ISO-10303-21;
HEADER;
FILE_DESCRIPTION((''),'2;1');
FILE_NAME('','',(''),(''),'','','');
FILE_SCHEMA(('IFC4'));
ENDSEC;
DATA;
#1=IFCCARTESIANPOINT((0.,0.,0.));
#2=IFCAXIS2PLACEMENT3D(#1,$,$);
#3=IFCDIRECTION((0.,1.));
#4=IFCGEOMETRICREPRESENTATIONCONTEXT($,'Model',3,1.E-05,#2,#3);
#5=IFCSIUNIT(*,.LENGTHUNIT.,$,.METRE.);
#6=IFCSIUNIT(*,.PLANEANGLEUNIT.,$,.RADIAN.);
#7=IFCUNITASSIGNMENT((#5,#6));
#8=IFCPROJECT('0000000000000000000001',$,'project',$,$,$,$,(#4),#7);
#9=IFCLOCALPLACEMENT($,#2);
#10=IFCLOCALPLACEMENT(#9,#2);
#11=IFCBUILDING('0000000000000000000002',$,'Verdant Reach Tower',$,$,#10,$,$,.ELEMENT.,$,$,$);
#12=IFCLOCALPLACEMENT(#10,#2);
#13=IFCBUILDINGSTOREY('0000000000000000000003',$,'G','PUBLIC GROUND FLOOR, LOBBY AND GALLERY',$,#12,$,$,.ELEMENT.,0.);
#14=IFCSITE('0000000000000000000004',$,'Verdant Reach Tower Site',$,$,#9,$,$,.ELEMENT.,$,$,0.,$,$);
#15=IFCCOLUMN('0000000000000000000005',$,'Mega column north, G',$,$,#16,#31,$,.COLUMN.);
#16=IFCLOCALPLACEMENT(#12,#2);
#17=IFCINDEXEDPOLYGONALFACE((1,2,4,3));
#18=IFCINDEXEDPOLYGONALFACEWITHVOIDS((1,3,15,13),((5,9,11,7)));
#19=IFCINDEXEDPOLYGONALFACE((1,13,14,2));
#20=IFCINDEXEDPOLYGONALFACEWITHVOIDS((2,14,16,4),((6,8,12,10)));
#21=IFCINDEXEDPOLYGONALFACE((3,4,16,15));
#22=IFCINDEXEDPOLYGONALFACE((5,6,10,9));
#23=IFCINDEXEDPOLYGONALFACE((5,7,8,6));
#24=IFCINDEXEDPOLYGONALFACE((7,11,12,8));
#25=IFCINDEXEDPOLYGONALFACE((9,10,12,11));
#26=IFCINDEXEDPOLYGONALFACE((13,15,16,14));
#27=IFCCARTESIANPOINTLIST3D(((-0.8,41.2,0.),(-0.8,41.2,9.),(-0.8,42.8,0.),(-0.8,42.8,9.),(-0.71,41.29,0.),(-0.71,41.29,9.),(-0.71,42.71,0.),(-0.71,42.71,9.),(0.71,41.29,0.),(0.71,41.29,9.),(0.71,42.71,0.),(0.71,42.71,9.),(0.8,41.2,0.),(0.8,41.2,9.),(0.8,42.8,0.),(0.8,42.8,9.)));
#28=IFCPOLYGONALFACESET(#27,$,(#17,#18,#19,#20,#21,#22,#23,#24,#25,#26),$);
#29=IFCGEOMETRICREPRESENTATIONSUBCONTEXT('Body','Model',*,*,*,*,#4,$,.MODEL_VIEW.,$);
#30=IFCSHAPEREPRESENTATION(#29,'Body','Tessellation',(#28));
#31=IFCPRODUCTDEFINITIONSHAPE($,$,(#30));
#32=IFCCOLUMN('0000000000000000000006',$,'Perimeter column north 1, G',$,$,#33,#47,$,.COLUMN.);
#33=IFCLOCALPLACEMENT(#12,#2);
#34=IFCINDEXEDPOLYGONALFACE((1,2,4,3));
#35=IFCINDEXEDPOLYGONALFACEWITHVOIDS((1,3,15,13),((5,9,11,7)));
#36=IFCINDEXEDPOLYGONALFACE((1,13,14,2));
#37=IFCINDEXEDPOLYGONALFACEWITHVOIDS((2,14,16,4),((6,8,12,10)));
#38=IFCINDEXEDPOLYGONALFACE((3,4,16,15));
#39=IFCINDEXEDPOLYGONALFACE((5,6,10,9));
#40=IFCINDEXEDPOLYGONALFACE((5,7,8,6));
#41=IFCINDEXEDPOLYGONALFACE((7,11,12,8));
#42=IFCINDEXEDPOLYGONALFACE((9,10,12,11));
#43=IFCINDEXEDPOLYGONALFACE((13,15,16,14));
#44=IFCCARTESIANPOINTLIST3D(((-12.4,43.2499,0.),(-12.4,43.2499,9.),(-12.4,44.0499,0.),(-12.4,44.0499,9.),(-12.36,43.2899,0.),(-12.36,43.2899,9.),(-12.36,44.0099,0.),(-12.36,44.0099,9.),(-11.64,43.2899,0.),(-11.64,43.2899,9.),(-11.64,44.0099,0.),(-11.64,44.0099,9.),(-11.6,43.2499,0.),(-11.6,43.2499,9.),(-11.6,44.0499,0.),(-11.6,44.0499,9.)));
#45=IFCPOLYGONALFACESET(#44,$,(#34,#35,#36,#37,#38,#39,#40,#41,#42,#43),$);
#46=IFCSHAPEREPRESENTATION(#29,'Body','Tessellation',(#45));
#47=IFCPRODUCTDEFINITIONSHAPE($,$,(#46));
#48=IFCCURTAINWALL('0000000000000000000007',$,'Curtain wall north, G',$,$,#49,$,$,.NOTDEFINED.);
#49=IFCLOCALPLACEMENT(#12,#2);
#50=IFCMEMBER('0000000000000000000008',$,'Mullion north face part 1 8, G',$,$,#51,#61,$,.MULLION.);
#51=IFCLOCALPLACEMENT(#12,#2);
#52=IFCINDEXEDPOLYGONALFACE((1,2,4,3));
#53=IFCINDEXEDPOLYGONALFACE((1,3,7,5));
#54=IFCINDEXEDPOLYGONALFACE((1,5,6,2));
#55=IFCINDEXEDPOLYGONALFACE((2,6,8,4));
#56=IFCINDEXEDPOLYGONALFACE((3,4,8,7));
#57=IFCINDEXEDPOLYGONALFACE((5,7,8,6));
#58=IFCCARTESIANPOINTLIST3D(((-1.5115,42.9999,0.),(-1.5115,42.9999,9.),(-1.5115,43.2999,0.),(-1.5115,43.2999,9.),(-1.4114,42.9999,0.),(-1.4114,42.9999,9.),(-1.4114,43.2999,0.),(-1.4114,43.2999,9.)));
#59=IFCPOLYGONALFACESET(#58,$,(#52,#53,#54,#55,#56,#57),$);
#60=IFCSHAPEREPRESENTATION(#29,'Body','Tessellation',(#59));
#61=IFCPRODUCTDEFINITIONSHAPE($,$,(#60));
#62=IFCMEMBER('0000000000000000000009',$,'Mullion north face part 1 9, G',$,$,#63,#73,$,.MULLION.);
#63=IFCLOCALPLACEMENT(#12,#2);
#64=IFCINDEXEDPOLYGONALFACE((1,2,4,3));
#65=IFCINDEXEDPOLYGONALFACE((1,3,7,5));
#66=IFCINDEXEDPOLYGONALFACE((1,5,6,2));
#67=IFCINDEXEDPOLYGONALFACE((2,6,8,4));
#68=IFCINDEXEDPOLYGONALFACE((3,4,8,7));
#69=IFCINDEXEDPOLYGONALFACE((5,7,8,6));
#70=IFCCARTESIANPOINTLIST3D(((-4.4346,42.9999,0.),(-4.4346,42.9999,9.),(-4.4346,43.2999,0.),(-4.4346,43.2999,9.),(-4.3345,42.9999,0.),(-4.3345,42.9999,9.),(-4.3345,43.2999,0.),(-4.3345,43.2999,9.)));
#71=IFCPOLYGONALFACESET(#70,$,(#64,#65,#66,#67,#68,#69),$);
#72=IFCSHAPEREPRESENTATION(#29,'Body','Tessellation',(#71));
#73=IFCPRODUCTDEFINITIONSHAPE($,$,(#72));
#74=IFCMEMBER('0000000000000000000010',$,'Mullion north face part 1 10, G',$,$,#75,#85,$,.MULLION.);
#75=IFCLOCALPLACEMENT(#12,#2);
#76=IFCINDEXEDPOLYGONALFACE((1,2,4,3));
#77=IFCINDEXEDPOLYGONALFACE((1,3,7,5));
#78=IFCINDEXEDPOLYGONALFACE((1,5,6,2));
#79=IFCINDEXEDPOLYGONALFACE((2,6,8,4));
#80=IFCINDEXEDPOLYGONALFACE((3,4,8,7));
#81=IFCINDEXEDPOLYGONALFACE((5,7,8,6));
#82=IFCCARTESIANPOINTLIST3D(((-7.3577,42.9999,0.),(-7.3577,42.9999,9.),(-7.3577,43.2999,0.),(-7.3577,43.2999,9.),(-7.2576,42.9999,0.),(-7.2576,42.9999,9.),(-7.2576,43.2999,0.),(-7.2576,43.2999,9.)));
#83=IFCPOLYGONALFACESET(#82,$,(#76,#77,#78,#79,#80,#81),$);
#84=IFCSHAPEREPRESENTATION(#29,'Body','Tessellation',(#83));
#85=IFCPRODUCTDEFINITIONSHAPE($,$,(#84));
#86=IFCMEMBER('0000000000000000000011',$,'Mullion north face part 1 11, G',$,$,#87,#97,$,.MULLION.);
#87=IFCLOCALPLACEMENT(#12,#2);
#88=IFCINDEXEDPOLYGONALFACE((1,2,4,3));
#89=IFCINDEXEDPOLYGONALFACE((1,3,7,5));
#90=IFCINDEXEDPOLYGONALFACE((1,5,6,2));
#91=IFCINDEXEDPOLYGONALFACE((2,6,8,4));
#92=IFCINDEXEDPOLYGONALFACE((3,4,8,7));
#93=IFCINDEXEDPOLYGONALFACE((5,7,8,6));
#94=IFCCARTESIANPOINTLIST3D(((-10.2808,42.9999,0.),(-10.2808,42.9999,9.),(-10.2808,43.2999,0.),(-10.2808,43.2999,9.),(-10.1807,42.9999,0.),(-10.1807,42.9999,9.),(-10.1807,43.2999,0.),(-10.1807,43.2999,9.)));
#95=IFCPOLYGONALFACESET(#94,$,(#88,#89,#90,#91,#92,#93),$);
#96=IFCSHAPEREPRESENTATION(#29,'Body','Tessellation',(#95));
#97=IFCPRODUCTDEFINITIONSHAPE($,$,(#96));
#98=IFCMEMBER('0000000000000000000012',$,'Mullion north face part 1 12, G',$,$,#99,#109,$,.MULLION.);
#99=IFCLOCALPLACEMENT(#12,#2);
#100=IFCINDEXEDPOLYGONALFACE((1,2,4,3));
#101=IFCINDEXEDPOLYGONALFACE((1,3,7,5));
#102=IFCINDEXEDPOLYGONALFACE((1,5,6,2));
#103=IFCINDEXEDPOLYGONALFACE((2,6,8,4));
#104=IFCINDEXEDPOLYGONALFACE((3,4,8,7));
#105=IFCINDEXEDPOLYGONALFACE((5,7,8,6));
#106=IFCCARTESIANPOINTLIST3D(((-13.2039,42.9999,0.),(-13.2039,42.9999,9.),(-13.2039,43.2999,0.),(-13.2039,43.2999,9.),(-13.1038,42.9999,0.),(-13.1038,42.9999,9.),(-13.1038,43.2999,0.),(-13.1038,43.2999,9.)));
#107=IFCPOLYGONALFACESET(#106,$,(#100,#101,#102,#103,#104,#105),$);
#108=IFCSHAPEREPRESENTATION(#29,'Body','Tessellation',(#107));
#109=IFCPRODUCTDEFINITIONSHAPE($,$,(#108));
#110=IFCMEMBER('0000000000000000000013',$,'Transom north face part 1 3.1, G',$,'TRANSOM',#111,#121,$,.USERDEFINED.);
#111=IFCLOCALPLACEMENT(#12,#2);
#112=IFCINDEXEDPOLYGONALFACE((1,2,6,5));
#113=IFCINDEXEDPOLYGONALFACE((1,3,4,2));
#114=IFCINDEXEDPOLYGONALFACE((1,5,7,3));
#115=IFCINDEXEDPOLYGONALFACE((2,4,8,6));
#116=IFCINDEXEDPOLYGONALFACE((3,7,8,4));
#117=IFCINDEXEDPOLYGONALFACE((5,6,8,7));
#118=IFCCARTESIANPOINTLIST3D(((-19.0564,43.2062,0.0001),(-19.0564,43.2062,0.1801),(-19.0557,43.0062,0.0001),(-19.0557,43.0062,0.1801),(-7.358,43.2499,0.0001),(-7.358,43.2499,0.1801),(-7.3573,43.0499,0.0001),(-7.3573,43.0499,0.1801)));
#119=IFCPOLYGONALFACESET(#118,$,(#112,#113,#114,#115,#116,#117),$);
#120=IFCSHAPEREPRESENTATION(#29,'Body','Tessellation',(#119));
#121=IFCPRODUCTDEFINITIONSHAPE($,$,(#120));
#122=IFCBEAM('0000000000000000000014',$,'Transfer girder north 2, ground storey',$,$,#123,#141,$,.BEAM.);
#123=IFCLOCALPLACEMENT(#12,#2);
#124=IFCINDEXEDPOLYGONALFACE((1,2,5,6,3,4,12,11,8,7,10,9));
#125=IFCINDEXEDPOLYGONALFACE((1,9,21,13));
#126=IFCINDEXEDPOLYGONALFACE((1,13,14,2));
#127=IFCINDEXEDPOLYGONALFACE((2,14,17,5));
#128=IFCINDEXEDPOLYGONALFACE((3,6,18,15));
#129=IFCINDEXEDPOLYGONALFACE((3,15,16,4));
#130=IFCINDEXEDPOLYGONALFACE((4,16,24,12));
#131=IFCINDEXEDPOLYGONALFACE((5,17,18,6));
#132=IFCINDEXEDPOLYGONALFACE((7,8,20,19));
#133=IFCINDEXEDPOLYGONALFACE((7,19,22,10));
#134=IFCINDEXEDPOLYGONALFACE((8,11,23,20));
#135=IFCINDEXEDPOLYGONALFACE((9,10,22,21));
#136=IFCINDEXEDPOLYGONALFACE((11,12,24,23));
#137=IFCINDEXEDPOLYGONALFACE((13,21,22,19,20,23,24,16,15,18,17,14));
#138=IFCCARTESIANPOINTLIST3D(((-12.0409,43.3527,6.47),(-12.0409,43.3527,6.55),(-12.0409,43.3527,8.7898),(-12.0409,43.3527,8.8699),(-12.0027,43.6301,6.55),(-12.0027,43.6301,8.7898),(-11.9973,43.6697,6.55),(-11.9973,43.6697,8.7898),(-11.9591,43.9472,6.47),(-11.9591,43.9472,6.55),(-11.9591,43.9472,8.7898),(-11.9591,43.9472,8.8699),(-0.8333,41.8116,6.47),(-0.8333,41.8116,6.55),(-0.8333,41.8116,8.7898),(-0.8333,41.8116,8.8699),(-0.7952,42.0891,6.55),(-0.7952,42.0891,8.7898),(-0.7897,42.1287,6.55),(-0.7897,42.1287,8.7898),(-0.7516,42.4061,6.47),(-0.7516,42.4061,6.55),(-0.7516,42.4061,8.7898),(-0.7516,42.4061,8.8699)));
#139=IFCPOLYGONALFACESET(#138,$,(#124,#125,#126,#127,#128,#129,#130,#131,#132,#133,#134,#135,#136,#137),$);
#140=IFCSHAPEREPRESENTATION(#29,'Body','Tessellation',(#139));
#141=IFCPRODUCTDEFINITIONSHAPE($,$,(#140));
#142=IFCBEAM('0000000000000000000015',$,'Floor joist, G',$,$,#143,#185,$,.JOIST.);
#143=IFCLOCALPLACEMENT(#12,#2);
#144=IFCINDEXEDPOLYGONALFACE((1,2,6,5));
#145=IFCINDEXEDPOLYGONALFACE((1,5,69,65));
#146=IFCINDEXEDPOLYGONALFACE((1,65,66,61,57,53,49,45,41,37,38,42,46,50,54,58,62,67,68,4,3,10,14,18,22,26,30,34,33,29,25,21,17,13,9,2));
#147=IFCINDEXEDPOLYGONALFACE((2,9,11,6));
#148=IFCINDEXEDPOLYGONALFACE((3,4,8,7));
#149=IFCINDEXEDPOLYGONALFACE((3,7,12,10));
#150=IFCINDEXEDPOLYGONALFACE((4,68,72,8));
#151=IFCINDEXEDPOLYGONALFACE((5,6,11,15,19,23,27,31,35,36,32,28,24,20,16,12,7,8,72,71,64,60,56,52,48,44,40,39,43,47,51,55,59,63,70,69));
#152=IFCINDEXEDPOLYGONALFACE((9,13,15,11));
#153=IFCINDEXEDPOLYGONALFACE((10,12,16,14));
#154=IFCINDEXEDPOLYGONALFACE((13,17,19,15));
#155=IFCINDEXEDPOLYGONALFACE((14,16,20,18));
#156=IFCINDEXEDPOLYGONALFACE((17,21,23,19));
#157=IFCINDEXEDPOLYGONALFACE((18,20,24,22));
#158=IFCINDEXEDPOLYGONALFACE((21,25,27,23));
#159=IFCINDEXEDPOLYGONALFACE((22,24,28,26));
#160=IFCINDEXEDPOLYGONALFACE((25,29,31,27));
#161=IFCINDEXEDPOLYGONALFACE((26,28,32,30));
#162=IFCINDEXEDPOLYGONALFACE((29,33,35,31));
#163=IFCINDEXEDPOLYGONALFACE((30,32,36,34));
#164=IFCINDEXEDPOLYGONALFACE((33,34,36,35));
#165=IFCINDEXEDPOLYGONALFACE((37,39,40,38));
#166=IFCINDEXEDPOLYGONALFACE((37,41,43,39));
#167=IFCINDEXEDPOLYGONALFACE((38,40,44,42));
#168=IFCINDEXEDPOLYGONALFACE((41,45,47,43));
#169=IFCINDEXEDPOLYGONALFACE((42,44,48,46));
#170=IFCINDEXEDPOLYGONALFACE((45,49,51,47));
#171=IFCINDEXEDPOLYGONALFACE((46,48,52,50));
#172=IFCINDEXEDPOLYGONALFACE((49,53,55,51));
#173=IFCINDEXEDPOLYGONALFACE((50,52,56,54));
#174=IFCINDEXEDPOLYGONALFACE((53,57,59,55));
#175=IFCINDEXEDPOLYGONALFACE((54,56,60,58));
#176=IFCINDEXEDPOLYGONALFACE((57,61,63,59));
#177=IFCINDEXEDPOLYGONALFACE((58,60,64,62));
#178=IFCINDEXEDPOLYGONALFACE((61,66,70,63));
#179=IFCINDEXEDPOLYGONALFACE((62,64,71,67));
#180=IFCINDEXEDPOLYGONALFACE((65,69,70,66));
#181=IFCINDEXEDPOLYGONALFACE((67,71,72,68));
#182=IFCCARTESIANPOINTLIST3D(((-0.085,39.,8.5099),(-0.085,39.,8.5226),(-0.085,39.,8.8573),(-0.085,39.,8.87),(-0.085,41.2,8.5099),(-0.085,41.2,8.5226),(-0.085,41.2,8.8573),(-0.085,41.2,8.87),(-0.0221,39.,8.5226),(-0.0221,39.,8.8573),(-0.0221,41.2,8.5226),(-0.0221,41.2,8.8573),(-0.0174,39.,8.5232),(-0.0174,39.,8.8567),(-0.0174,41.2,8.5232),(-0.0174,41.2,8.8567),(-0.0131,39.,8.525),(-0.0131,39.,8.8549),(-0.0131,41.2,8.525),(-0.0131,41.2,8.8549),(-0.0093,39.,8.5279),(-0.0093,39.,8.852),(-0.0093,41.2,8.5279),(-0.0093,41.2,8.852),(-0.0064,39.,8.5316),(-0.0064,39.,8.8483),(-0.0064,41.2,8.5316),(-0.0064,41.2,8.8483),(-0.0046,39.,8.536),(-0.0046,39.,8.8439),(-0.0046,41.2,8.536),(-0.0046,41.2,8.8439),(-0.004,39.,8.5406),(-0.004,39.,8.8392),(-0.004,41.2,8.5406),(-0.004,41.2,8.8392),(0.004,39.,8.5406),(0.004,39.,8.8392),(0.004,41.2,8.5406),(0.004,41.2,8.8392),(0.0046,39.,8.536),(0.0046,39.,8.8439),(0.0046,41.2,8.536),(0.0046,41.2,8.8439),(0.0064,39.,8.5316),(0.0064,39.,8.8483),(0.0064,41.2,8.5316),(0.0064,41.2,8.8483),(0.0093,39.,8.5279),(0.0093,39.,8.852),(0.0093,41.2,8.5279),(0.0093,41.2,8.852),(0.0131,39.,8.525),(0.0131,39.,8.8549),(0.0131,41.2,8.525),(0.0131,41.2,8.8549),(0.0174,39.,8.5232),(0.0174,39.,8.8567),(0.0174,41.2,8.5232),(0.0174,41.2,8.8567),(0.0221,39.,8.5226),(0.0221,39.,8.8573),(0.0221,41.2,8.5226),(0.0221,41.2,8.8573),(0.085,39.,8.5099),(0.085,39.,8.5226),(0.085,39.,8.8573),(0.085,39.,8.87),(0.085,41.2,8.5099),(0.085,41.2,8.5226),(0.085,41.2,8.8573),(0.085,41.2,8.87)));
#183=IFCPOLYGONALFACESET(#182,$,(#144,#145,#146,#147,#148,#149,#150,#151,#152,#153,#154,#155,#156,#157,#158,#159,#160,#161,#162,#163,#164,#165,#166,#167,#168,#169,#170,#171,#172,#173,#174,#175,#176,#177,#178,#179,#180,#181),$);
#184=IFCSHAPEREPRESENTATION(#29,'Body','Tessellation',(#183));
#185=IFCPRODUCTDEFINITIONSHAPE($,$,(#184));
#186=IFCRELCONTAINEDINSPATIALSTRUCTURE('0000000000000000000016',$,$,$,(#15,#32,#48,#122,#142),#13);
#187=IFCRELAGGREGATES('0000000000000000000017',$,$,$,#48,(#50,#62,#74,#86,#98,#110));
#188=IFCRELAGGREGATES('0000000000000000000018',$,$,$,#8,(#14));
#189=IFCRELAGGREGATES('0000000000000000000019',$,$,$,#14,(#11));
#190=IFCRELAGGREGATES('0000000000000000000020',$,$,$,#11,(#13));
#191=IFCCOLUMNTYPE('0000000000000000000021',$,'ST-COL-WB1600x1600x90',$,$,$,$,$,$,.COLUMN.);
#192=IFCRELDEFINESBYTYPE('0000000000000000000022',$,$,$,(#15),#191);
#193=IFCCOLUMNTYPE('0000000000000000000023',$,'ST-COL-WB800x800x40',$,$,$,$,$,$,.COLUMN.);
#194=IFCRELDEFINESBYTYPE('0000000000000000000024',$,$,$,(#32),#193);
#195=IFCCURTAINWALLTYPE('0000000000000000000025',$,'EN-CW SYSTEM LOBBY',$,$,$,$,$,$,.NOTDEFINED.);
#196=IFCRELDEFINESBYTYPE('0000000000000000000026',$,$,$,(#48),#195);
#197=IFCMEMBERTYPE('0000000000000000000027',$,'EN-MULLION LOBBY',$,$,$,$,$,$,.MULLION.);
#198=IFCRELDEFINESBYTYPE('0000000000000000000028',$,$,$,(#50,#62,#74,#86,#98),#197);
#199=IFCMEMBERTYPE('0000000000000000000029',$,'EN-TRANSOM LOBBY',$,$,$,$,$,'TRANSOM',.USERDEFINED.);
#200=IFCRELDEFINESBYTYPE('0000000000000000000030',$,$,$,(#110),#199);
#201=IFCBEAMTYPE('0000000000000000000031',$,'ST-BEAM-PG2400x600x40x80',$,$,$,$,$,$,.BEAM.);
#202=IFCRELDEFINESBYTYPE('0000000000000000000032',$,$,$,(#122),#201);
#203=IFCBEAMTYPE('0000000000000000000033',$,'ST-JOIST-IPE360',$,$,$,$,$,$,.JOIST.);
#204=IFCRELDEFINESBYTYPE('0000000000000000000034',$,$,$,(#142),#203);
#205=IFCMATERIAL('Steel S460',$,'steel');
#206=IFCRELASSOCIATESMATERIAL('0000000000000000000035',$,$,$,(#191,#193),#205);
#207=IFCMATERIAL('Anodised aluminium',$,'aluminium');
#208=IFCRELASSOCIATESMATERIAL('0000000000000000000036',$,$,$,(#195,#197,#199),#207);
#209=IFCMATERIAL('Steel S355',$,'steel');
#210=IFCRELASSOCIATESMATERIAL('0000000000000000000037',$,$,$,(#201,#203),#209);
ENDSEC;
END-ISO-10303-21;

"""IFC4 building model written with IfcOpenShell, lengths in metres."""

from ifc_helpers import new_model, si_unit, direction, frame, origin, origin_2d, place, context, subcontext, project, spatial, rectangle, hollow_rectangle, i_section, extrude, material, material_profile, profile_set, type_object, element, aggregate, save


model = new_model("IFC4")

# Units and contexts
model_context = context("Model", 3, precision=1e-05, world=origin(), true_north=direction((0.0, 1.0)))
body_context = subcontext(model_context, "Body", "Model", "MODEL_VIEW")
ifc_project = project(units=[si_unit("LENGTHUNIT", "METRE"), si_unit("PLANEANGLEUNIT", "RADIAN")], contexts=[model_context])

# Site, building, storey
site_placement = place(None, origin())
site = spatial("IfcSite", under=ifc_project, at=site_placement, Name="Verdant Reach Tower Site", CompositionType="ELEMENT", RefElevation=0.0)
building_placement = place(site_placement, origin())
building = spatial("IfcBuilding", under=site, at=building_placement, Name="Verdant Reach Tower", CompositionType="ELEMENT")
storey_placement = place(building_placement, origin())
storey = spatial("IfcBuildingStorey", under=building, at=storey_placement, Name="G", Description="PUBLIC GROUND FLOOR, LOBBY AND GALLERY", CompositionType="ELEMENT", Elevation=0.0)

# Columns
ifc_material_1 = material(Name="Steel S460", Category="steel")
ifc_material_profile_1 = material_profile(ifc_material_1, hollow_rectangle(XDim=1.6001, YDim=1.6001, WallThickness=0.0901, at=origin_2d()), Name="WB 1600x1600x90")
ifc_profile_set_1 = profile_set([ifc_material_profile_1], Name="Steel S460")
column_type_1 = type_object("IfcColumnType", Name="ST-COL-WB1600x1600x90", PredefinedType="COLUMN", material=ifc_profile_set_1)
column_1_placement = place(storey_placement, frame((0.0, 42.0, 0.0), z_axis=(0.0, 0.0, 1.0), x_axis=(1.0, 0.0, 0.0)))
element("IfcColumn", 1, at=column_1_placement, inside=storey, type_object=column_type_1, Name="Mega column north, G", PredefinedType="COLUMN", context=body_context, shape_type="SweptSolid", body=[
    extrude(hollow_rectangle(XDim=1.6001, YDim=1.6001, WallThickness=0.0901, at=origin_2d()), origin(), (0.0, 0.0, 1.0), 9.0),
])
ifc_material_profile_2 = material_profile(ifc_material_1, hollow_rectangle(XDim=0.8, YDim=0.8, WallThickness=0.04, at=origin_2d()), Name="WB 800x800x40")
ifc_profile_set_2 = profile_set([ifc_material_profile_2], Name="Steel S460")
column_type_2 = type_object("IfcColumnType", Name="ST-COL-WB800x800x40", PredefinedType="COLUMN", material=ifc_profile_set_2)
column_2_placement = place(storey_placement, frame((-12.0, 43.6499, 0.0), z_axis=(0.0, 0.0, 1.0), x_axis=(1.0, 0.0, 0.0)))
element("IfcColumn", 2, at=column_2_placement, inside=storey, type_object=column_type_2, Name="Perimeter column north 1, G", PredefinedType="COLUMN", context=body_context, shape_type="SweptSolid", body=[
    extrude(hollow_rectangle(XDim=0.8, YDim=0.8, WallThickness=0.04, at=origin_2d()), origin(), (0.0, 0.0, 1.0), 9.0),
])

# Curtain wall, members
ifc_material_2 = material(Name="Anodised aluminium", Category="aluminium")
curtain_wall_type = type_object("IfcCurtainWallType", Name="EN-CW SYSTEM LOBBY", PredefinedType="NOTDEFINED", material=ifc_material_2)
curtain_wall_placement = place(storey_placement, origin())
curtain_wall = element("IfcCurtainWall", 3, at=curtain_wall_placement, inside=storey, type_object=curtain_wall_type, Name="Curtain wall north, G", PredefinedType="NOTDEFINED")
ifc_material_profile_3 = material_profile(ifc_material_2, rectangle(XDim=0.3, YDim=0.1001, at=origin_2d()), Name="Mullion 100x300")
ifc_profile_set_3 = profile_set([ifc_material_profile_3], Name="Anodised aluminium")
member_type_1 = type_object("IfcMemberType", Name="EN-MULLION LOBBY", PredefinedType="MULLION", material=ifc_profile_set_3)
member_1_placement = place(storey_placement, frame((-1.4614, 43.1499, 0.0), z_axis=(0.0, 0.0, 1.0), x_axis=(0.0, 1.0, 0.0)))
member_1 = element("IfcMember", 4, at=member_1_placement, type_object=member_type_1, Name="Mullion north face part 1 8, G", PredefinedType="MULLION", context=body_context, shape_type="SweptSolid", body=[
    extrude(rectangle(XDim=0.3, YDim=0.1001, at=origin_2d()), origin(), (0.0, 0.0, 1.0), 9.0),
])
member_2_placement = place(storey_placement, frame((-4.3845, 43.1499, 0.0), z_axis=(0.0, 0.0, 1.0), x_axis=(0.0, 1.0, 0.0)))
member_2 = element("IfcMember", 5, at=member_2_placement, type_object=member_type_1, Name="Mullion north face part 1 9, G", PredefinedType="MULLION", context=body_context, shape_type="SweptSolid", body=[
    extrude(rectangle(XDim=0.3, YDim=0.1001, at=origin_2d()), origin(), (0.0, 0.0, 1.0), 9.0),
])
member_3_placement = place(storey_placement, frame((-7.3076, 43.1499, 0.0), z_axis=(0.0, 0.0, 1.0), x_axis=(0.0, 1.0, 0.0)))
member_3 = element("IfcMember", 6, at=member_3_placement, type_object=member_type_1, Name="Mullion north face part 1 10, G", PredefinedType="MULLION", context=body_context, shape_type="SweptSolid", body=[
    extrude(rectangle(XDim=0.3, YDim=0.1001, at=origin_2d()), origin(), (0.0, 0.0, 1.0), 9.0),
])
member_4_placement = place(storey_placement, frame((-10.2307, 43.1499, 0.0), z_axis=(0.0, 0.0, 1.0), x_axis=(0.0, 1.0, 0.0)))
member_4 = element("IfcMember", 7, at=member_4_placement, type_object=member_type_1, Name="Mullion north face part 1 11, G", PredefinedType="MULLION", context=body_context, shape_type="SweptSolid", body=[
    extrude(rectangle(XDim=0.3, YDim=0.1001, at=origin_2d()), origin(), (0.0, 0.0, 1.0), 9.0),
])
member_5_placement = place(storey_placement, frame((-13.1538, 43.1499, 0.0), z_axis=(0.0, 0.0, 1.0), x_axis=(0.0, 1.0, 0.0)))
member_5 = element("IfcMember", 8, at=member_5_placement, type_object=member_type_1, Name="Mullion north face part 1 12, G", PredefinedType="MULLION", context=body_context, shape_type="SweptSolid", body=[
    extrude(rectangle(XDim=0.3, YDim=0.1001, at=origin_2d()), origin(), (0.0, 0.0, 1.0), 9.0),
])
ifc_material_profile_4 = material_profile(ifc_material_2, rectangle(XDim=0.2, YDim=0.1799, at=origin_2d()), Name="Transom 180x200")
ifc_profile_set_4 = profile_set([ifc_material_profile_4], Name="Anodised aluminium")
member_type_2 = type_object("IfcMemberType", Name="EN-TRANSOM LOBBY", ElementType="TRANSOM", PredefinedType="USERDEFINED", material=ifc_profile_set_4)
member_6_placement = place(storey_placement, frame((-7.3577, 43.1499, 0.0901), z_axis=(-0.999993, -0.003736, 0.0), x_axis=(0.003736, -0.999993, 0.0)))
member_6 = element("IfcMember", 9, at=member_6_placement, type_object=member_type_2, Name="Transom north face part 1 3.1, G", ObjectType="TRANSOM", PredefinedType="USERDEFINED", context=body_context, shape_type="SweptSolid", body=[
    extrude(rectangle(XDim=0.2, YDim=0.1799, at=origin_2d()), origin(), (0.0, 0.0, 1.0), 11.6985),
])

# Beams
ifc_material_3 = material(Name="Steel S355", Category="steel")
ifc_material_profile_5 = material_profile(ifc_material_3, i_section(OverallWidth=0.6001, OverallDepth=2.3999, WebThickness=0.04, FlangeThickness=0.0801, at=origin_2d()), Name="PG 2400x600x40x80")
ifc_profile_set_5 = profile_set([ifc_material_profile_5], Name="Steel S355")
beam_type_1 = type_object("IfcBeamType", Name="ST-BEAM-PG2400x600x40x80", PredefinedType="BEAM", material=ifc_profile_set_5)
beam_1_placement = place(storey_placement, frame((-12.0, 43.6499, 7.6699), z_axis=(0.990679, -0.136217, 0.0), x_axis=(0.136217, 0.990679, 0.0)))
element("IfcBeam", 10, at=beam_1_placement, inside=storey, type_object=beam_type_1, Name="Transfer girder north 2, ground storey", PredefinedType="BEAM", context=body_context, shape_type="SweptSolid", body=[
    extrude(i_section(OverallWidth=0.6001, OverallDepth=2.3999, WebThickness=0.04, FlangeThickness=0.0801, at=origin_2d()), origin(), (0.0, 0.0, 1.0), 11.313),
])
ifc_material_profile_6 = material_profile(ifc_material_3, i_section(OverallWidth=0.1699, OverallDepth=0.3601, WebThickness=0.0081, FlangeThickness=0.0127, FilletRadius=0.0181, at=origin_2d()), Name="IPE 360")
ifc_profile_set_6 = profile_set([ifc_material_profile_6], Name="Steel S355")
beam_type_2 = type_object("IfcBeamType", Name="ST-JOIST-IPE360", PredefinedType="JOIST", material=ifc_profile_set_6)
beam_2_placement = place(storey_placement, frame((0.0, 39.0, 8.6899), z_axis=(0.0, 1.0, 0.0), x_axis=(-1.0, 0.0, 0.0)))
element("IfcBeam", 11, at=beam_2_placement, inside=storey, type_object=beam_type_2, Name="Floor joist, G", PredefinedType="JOIST", context=body_context, shape_type="SweptSolid", body=[
    extrude(i_section(OverallWidth=0.1699, OverallDepth=0.3601, WebThickness=0.0081, FlangeThickness=0.0127, FilletRadius=0.0181, at=origin_2d()), origin(), (0.0, 0.0, 1.0), 2.2),
])

aggregate(curtain_wall, [member_1, member_2, member_3, member_4, member_5, member_6])

save(model, "model.ifc")
